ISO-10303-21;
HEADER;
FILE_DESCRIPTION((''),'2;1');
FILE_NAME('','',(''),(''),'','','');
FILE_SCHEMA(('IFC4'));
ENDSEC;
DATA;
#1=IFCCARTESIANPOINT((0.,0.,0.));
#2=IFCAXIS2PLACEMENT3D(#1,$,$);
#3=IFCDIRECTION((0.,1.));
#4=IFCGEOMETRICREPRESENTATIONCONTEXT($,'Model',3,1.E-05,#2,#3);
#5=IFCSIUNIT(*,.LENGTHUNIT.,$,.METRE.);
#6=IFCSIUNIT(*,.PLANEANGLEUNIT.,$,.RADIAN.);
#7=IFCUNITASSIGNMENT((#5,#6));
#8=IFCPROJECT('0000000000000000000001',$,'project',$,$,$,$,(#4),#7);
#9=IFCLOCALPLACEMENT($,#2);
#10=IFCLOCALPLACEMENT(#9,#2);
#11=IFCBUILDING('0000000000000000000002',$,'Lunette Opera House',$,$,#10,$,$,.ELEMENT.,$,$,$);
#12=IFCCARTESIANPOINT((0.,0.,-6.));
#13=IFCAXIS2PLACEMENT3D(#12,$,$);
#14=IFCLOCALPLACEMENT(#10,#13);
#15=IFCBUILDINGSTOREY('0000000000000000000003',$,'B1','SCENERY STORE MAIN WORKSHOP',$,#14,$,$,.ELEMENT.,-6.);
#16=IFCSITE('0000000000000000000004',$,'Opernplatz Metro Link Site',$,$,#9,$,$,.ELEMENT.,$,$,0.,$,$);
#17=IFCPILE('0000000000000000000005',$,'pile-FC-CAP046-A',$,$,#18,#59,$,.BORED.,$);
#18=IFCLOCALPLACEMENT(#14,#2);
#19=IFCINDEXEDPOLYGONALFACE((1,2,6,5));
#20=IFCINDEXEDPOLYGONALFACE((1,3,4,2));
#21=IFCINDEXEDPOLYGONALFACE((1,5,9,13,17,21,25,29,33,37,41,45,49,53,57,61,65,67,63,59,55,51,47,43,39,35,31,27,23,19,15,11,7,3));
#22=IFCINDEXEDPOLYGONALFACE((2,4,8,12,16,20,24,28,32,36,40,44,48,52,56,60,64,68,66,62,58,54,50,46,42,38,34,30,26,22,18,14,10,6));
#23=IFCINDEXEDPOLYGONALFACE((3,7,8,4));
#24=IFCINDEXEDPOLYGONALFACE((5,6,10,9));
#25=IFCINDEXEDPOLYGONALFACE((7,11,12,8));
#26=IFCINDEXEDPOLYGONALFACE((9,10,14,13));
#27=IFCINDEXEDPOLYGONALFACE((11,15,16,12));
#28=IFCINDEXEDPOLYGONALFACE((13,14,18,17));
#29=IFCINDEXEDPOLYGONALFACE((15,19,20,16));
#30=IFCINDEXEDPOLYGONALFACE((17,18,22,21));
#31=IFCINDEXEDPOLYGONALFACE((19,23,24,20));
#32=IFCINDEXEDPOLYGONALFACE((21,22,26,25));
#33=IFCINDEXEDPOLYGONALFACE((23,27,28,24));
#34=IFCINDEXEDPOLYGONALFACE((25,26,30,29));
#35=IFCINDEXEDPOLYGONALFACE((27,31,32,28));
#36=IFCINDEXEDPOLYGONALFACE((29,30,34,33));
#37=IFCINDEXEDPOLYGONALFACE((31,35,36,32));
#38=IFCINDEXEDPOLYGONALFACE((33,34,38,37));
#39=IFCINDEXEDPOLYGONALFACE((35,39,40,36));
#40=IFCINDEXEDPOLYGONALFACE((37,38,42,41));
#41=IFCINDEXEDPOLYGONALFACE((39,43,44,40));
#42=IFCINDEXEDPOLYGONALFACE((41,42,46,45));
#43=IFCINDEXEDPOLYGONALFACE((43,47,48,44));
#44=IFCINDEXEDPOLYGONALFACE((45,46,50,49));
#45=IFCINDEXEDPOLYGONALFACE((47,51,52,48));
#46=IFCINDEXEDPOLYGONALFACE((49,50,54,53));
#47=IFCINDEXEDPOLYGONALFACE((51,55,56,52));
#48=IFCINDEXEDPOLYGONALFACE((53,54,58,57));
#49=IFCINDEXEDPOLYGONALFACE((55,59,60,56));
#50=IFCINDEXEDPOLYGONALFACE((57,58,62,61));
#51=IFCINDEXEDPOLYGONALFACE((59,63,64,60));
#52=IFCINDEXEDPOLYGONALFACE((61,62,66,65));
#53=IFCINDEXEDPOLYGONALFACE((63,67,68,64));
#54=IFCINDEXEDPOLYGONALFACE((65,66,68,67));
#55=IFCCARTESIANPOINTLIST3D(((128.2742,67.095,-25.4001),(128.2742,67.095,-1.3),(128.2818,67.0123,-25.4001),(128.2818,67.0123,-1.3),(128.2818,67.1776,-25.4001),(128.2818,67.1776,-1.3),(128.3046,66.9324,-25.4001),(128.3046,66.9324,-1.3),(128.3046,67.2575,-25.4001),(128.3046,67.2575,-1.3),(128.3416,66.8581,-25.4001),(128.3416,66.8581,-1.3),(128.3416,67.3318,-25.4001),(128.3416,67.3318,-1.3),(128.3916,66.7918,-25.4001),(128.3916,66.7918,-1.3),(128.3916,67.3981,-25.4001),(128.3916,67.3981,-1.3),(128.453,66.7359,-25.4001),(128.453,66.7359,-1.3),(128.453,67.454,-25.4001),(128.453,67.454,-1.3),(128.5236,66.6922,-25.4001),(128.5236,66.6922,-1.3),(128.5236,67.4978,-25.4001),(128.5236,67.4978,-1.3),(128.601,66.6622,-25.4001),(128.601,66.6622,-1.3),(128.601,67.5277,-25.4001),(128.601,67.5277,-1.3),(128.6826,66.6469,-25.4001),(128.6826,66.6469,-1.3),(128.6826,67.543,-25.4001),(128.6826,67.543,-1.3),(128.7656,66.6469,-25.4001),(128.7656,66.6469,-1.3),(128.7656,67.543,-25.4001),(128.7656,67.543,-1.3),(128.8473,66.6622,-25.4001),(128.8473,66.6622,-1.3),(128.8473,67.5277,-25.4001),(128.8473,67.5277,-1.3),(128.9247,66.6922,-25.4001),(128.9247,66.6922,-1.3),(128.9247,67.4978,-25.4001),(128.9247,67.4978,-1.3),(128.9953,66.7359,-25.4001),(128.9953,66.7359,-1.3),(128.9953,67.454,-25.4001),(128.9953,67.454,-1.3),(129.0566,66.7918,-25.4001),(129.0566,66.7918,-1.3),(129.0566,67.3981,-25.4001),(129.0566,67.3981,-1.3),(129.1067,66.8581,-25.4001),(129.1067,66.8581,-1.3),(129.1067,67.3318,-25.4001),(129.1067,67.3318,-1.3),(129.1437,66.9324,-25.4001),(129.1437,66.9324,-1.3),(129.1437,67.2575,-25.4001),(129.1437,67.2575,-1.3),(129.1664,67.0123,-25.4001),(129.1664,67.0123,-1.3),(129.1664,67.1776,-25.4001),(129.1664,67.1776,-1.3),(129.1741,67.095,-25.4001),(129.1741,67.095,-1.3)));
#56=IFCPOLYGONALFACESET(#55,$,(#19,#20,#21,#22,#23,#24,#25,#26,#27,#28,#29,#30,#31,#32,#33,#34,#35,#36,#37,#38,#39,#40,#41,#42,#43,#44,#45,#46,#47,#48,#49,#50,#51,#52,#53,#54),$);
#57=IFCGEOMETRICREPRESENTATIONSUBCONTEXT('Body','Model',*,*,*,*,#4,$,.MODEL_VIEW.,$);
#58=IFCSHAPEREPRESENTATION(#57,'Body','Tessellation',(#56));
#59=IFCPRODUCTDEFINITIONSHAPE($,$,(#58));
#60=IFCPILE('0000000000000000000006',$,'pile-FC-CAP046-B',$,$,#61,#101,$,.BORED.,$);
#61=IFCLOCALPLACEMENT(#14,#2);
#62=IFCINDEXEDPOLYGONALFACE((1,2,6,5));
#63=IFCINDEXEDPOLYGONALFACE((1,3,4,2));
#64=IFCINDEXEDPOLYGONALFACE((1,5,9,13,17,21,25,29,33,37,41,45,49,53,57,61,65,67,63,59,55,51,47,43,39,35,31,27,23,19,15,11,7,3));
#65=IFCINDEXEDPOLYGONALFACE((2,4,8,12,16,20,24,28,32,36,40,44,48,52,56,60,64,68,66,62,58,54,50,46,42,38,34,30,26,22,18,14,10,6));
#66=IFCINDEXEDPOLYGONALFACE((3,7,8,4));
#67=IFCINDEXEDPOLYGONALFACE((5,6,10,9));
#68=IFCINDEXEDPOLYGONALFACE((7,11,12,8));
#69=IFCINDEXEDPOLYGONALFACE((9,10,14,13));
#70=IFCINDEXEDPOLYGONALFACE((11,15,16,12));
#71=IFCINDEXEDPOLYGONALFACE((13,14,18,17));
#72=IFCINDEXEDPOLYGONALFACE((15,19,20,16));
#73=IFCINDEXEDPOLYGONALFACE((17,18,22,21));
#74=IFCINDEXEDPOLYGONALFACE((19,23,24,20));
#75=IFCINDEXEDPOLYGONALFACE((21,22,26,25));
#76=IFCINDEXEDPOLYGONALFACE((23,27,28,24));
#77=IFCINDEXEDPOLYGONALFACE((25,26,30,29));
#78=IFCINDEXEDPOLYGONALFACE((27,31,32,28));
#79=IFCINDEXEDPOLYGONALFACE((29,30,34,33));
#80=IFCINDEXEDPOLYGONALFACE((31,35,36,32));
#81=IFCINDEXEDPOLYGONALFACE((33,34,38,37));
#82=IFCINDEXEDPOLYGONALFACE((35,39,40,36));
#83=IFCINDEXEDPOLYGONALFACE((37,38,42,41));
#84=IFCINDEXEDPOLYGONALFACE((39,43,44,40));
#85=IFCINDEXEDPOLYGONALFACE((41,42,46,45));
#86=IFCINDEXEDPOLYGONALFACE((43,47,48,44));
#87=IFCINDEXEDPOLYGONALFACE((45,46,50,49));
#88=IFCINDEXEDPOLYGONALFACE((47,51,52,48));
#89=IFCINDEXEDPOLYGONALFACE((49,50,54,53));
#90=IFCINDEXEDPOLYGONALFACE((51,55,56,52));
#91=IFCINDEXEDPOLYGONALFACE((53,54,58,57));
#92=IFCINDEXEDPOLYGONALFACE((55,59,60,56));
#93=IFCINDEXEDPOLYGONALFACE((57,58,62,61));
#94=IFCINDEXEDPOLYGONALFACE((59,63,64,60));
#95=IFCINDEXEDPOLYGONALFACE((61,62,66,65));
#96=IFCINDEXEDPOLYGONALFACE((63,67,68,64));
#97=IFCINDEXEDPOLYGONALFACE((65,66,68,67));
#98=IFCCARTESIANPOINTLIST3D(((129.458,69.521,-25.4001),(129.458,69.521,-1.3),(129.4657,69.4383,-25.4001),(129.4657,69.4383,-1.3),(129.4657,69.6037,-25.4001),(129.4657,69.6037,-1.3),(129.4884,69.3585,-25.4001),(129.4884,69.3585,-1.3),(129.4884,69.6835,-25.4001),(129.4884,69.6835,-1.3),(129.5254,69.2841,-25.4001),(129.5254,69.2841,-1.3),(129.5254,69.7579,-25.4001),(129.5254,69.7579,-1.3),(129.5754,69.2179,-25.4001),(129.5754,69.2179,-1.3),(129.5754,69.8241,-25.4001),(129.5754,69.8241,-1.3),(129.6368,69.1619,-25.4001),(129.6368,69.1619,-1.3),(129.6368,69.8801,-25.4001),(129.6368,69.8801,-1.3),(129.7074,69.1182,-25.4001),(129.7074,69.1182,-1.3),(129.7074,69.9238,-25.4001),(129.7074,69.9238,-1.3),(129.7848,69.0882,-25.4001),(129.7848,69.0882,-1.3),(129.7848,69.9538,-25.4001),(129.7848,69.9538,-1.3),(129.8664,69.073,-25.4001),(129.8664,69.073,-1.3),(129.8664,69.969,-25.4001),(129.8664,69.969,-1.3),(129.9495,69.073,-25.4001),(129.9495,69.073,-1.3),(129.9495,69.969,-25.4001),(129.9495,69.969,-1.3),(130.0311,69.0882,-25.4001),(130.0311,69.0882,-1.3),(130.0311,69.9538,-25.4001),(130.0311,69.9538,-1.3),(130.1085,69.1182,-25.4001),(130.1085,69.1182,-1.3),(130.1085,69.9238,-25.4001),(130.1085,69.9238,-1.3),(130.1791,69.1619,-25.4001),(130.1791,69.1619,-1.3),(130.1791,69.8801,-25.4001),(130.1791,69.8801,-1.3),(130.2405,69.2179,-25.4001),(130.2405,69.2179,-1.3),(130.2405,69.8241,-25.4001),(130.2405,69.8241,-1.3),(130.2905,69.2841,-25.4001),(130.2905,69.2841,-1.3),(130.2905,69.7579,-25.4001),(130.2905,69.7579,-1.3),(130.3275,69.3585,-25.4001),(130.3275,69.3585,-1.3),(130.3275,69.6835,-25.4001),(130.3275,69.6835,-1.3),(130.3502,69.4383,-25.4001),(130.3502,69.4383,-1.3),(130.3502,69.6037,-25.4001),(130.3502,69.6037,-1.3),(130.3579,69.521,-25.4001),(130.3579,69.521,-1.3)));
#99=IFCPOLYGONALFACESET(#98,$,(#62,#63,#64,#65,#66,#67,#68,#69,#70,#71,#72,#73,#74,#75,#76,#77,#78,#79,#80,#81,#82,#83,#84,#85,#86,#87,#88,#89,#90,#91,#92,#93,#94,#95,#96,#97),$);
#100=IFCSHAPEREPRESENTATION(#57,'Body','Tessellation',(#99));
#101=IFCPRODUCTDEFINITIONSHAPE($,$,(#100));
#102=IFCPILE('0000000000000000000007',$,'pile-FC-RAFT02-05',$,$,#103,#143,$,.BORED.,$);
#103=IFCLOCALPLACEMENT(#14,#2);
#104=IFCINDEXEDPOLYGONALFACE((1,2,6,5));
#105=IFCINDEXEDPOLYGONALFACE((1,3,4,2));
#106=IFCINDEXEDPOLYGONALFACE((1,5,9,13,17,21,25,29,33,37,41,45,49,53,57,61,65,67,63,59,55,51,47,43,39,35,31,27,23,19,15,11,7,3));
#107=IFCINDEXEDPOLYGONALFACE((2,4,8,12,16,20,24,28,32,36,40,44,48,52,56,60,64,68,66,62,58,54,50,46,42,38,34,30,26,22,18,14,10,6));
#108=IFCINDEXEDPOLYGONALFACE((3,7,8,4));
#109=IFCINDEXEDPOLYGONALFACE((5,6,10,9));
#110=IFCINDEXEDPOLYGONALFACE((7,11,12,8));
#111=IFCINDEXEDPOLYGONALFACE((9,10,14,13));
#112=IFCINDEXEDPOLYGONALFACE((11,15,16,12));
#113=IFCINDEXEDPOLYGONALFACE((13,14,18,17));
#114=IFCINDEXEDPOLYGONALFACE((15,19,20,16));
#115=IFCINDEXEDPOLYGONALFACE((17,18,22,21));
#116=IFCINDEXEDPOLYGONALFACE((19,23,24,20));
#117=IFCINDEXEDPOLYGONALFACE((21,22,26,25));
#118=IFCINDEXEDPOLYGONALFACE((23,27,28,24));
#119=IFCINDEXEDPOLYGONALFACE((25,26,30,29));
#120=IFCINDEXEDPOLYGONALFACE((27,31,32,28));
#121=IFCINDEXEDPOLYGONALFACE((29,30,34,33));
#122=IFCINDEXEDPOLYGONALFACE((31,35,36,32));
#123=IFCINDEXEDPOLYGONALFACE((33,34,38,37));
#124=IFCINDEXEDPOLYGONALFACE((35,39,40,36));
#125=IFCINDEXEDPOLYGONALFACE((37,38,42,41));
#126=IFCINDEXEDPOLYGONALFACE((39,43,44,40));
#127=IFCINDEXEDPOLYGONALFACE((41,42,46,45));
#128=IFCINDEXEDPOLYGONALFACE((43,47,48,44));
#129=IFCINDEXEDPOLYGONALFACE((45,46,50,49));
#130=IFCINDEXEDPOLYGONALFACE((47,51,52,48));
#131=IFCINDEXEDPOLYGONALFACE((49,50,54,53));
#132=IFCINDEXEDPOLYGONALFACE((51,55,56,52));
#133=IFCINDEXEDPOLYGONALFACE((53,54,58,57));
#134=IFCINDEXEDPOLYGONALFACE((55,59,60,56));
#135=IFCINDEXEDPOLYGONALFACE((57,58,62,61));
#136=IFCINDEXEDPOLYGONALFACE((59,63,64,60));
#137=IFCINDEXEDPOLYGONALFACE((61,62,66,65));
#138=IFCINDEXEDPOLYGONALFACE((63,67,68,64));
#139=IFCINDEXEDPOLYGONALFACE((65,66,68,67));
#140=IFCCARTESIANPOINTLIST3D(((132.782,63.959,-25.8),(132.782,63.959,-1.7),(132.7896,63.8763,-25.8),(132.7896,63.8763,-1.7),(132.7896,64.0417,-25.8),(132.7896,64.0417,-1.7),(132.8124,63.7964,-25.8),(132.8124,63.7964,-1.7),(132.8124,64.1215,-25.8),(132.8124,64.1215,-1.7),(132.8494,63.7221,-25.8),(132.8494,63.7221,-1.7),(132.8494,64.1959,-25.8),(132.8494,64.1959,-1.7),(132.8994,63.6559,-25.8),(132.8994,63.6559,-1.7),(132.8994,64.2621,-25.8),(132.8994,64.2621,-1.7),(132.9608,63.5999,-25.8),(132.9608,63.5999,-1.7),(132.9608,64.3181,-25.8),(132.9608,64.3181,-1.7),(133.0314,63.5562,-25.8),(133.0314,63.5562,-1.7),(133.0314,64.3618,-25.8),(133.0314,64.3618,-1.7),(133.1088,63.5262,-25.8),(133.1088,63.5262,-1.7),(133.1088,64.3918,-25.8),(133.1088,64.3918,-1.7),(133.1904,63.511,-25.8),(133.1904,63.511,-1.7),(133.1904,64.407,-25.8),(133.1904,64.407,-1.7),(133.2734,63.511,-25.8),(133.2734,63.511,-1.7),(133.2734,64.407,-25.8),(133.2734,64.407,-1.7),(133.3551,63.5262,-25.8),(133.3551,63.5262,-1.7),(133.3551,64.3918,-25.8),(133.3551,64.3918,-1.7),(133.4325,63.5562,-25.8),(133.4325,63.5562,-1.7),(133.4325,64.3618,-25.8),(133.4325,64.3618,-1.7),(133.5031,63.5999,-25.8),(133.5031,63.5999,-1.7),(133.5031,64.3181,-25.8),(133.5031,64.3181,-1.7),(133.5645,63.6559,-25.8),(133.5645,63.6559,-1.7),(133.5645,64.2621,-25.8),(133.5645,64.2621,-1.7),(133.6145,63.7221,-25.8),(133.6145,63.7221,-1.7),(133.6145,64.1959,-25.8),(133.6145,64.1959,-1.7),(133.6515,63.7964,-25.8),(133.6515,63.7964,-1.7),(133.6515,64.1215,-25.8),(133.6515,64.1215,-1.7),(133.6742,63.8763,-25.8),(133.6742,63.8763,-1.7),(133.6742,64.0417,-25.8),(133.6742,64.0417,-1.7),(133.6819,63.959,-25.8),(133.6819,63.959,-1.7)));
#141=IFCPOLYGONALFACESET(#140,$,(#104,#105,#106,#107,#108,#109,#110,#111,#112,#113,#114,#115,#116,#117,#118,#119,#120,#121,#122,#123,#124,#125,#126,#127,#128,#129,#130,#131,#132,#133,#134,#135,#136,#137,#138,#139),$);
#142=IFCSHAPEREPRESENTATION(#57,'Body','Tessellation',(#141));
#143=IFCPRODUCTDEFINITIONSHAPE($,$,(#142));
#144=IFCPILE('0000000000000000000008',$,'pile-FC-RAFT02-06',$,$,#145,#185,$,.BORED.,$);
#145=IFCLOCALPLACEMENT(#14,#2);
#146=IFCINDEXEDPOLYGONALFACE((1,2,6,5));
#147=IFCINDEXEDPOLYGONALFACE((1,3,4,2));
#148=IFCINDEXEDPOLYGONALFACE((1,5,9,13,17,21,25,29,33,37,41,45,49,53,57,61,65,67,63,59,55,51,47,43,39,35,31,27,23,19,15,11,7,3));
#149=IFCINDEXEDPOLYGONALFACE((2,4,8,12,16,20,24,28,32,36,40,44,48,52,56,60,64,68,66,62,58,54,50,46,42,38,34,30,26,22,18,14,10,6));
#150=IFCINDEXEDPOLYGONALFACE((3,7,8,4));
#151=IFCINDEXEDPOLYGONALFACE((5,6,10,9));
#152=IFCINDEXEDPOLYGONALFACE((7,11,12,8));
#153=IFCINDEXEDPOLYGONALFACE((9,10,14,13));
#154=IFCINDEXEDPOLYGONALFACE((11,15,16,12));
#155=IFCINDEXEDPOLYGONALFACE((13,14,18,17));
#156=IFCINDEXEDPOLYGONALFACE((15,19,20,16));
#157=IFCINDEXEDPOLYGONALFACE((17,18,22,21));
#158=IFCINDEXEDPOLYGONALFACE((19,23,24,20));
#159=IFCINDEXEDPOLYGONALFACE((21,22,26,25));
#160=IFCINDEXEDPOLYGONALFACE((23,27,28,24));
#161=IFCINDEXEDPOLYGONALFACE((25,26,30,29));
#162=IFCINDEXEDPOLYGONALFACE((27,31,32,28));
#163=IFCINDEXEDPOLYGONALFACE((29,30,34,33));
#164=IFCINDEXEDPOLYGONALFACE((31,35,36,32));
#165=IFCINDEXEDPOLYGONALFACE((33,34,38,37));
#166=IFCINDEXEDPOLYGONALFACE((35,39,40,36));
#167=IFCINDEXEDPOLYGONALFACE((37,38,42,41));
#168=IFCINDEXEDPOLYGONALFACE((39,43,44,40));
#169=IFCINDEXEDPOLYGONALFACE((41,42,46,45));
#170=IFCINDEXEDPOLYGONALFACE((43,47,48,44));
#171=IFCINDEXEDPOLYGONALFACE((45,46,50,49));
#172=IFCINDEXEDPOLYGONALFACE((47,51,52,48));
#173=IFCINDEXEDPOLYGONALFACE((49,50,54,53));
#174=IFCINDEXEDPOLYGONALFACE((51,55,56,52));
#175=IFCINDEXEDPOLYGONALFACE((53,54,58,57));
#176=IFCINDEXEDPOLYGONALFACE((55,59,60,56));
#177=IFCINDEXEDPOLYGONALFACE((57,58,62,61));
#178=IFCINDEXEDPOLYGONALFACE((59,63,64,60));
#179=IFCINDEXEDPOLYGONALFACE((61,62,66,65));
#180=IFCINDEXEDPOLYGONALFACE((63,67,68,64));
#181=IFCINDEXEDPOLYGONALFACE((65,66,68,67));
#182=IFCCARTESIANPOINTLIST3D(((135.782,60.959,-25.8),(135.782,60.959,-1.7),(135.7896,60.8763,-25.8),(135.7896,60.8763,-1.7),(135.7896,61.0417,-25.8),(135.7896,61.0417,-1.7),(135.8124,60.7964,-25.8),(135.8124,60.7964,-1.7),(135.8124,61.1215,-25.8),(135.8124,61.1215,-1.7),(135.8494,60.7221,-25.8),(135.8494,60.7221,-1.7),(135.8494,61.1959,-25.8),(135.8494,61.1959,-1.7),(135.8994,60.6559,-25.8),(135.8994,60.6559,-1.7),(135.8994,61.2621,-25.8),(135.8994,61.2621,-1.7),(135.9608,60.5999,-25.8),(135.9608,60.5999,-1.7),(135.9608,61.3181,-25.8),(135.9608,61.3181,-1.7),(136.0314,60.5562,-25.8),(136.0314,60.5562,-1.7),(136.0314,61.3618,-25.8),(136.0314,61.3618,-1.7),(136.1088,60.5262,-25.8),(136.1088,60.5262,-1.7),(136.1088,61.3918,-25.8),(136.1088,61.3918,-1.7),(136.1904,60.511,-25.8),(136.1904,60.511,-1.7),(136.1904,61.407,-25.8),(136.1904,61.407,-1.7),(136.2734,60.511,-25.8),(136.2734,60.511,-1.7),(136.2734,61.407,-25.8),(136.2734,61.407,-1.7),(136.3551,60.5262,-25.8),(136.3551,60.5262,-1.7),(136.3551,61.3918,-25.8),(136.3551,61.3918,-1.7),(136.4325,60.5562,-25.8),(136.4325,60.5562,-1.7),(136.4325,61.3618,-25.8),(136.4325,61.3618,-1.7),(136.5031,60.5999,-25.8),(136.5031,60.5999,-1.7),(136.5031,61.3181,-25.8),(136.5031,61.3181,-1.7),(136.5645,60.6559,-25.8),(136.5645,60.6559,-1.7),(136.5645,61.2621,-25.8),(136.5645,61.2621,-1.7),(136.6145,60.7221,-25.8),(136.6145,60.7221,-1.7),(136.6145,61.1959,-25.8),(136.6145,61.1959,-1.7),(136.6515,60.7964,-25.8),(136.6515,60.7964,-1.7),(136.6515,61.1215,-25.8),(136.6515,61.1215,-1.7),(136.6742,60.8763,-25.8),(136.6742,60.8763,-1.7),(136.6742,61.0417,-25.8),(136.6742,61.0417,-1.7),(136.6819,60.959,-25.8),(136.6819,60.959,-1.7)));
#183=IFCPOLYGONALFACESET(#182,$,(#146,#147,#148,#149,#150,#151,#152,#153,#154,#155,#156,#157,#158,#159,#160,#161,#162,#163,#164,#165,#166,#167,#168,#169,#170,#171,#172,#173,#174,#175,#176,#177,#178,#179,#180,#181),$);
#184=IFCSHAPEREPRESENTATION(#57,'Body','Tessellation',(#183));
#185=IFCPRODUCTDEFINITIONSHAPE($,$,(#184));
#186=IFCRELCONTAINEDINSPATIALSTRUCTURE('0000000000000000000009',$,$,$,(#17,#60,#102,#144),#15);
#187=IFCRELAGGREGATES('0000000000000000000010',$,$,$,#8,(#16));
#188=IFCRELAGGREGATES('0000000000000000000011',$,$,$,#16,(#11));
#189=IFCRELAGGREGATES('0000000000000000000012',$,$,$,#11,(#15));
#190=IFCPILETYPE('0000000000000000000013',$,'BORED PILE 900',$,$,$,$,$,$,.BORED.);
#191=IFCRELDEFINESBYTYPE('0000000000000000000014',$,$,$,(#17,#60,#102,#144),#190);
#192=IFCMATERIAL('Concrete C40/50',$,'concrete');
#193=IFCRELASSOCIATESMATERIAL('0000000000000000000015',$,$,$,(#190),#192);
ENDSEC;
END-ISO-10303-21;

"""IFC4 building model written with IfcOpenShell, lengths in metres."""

from ifc_helpers import new_model, si_unit, direction, frame, origin, origin_2d, place, context, subcontext, project, spatial, circle, extrude, material, material_profile, profile_set, type_object, element, save


model = new_model("IFC4")

# Units and contexts
model_context = context("Model", 3, precision=1e-05, world=origin(), true_north=direction((0.0, 1.0)))
body_context = subcontext(model_context, "Body", "Model", "MODEL_VIEW")
ifc_project = project(units=[si_unit("LENGTHUNIT", "METRE"), si_unit("PLANEANGLEUNIT", "RADIAN")], contexts=[model_context])

# Site, building, storey
site_placement = place(None, origin())
site = spatial("IfcSite", under=ifc_project, at=site_placement, Name="Opernplatz Metro Link Site", CompositionType="ELEMENT", RefElevation=0.0)
building_placement = place(site_placement, origin())
building = spatial("IfcBuilding", under=site, at=building_placement, Name="Lunette Opera House", CompositionType="ELEMENT")
storey_placement = place(building_placement, frame((0.0, 0.0, -6.0)))
storey = spatial("IfcBuildingStorey", under=building, at=storey_placement, Name="B1", Description="SCENERY STORE MAIN WORKSHOP", CompositionType="ELEMENT", Elevation=-6.0)

# Piles
ifc_material_1 = material(Name="Concrete C40/50", Category="concrete")
ifc_material_profile_1 = material_profile(ifc_material_1, circle(Radius=0.45, at=origin_2d()), Name="BORED PILE 900")
ifc_profile_set_1 = profile_set([ifc_material_profile_1], Name="Concrete C40/50")
pile_type = type_object("IfcPileType", Name="BORED PILE 900", PredefinedType="BORED", material=ifc_profile_set_1)
for number, where, z_axis, x_axis, name in (
    (1, (128.7241, 67.095, -1.3), (0.0, 0.0, -1.0), (1.0, 0.0, 0.0), "pile-FC-CAP046-A"),
    (2, (129.908, 69.521, -1.3), (0.0, 0.0, -1.0), (1.0, 0.0, 0.0), "pile-FC-CAP046-B"),
    (3, (133.2319, 63.959, -1.7), (0.0, 0.0, -1.0), (1.0, 0.0, 0.0), "pile-FC-RAFT02-05"),
    (4, (136.2319, 60.959, -1.7), (0.0, 0.0, -1.0), (1.0, 0.0, 0.0), "pile-FC-RAFT02-06"),
):
    element("IfcPile", number, at=place(storey_placement, frame(where, z_axis=z_axis, x_axis=x_axis)), inside=storey, type_object=pile_type, Name=name, PredefinedType="BORED", context=body_context, shape_type="SweptSolid", body=[
        extrude(circle(Radius=0.45, at=origin_2d()), origin(), (0.0, 0.0, 1.0), 24.1001),
    ])

save(model, "model.ifc")
